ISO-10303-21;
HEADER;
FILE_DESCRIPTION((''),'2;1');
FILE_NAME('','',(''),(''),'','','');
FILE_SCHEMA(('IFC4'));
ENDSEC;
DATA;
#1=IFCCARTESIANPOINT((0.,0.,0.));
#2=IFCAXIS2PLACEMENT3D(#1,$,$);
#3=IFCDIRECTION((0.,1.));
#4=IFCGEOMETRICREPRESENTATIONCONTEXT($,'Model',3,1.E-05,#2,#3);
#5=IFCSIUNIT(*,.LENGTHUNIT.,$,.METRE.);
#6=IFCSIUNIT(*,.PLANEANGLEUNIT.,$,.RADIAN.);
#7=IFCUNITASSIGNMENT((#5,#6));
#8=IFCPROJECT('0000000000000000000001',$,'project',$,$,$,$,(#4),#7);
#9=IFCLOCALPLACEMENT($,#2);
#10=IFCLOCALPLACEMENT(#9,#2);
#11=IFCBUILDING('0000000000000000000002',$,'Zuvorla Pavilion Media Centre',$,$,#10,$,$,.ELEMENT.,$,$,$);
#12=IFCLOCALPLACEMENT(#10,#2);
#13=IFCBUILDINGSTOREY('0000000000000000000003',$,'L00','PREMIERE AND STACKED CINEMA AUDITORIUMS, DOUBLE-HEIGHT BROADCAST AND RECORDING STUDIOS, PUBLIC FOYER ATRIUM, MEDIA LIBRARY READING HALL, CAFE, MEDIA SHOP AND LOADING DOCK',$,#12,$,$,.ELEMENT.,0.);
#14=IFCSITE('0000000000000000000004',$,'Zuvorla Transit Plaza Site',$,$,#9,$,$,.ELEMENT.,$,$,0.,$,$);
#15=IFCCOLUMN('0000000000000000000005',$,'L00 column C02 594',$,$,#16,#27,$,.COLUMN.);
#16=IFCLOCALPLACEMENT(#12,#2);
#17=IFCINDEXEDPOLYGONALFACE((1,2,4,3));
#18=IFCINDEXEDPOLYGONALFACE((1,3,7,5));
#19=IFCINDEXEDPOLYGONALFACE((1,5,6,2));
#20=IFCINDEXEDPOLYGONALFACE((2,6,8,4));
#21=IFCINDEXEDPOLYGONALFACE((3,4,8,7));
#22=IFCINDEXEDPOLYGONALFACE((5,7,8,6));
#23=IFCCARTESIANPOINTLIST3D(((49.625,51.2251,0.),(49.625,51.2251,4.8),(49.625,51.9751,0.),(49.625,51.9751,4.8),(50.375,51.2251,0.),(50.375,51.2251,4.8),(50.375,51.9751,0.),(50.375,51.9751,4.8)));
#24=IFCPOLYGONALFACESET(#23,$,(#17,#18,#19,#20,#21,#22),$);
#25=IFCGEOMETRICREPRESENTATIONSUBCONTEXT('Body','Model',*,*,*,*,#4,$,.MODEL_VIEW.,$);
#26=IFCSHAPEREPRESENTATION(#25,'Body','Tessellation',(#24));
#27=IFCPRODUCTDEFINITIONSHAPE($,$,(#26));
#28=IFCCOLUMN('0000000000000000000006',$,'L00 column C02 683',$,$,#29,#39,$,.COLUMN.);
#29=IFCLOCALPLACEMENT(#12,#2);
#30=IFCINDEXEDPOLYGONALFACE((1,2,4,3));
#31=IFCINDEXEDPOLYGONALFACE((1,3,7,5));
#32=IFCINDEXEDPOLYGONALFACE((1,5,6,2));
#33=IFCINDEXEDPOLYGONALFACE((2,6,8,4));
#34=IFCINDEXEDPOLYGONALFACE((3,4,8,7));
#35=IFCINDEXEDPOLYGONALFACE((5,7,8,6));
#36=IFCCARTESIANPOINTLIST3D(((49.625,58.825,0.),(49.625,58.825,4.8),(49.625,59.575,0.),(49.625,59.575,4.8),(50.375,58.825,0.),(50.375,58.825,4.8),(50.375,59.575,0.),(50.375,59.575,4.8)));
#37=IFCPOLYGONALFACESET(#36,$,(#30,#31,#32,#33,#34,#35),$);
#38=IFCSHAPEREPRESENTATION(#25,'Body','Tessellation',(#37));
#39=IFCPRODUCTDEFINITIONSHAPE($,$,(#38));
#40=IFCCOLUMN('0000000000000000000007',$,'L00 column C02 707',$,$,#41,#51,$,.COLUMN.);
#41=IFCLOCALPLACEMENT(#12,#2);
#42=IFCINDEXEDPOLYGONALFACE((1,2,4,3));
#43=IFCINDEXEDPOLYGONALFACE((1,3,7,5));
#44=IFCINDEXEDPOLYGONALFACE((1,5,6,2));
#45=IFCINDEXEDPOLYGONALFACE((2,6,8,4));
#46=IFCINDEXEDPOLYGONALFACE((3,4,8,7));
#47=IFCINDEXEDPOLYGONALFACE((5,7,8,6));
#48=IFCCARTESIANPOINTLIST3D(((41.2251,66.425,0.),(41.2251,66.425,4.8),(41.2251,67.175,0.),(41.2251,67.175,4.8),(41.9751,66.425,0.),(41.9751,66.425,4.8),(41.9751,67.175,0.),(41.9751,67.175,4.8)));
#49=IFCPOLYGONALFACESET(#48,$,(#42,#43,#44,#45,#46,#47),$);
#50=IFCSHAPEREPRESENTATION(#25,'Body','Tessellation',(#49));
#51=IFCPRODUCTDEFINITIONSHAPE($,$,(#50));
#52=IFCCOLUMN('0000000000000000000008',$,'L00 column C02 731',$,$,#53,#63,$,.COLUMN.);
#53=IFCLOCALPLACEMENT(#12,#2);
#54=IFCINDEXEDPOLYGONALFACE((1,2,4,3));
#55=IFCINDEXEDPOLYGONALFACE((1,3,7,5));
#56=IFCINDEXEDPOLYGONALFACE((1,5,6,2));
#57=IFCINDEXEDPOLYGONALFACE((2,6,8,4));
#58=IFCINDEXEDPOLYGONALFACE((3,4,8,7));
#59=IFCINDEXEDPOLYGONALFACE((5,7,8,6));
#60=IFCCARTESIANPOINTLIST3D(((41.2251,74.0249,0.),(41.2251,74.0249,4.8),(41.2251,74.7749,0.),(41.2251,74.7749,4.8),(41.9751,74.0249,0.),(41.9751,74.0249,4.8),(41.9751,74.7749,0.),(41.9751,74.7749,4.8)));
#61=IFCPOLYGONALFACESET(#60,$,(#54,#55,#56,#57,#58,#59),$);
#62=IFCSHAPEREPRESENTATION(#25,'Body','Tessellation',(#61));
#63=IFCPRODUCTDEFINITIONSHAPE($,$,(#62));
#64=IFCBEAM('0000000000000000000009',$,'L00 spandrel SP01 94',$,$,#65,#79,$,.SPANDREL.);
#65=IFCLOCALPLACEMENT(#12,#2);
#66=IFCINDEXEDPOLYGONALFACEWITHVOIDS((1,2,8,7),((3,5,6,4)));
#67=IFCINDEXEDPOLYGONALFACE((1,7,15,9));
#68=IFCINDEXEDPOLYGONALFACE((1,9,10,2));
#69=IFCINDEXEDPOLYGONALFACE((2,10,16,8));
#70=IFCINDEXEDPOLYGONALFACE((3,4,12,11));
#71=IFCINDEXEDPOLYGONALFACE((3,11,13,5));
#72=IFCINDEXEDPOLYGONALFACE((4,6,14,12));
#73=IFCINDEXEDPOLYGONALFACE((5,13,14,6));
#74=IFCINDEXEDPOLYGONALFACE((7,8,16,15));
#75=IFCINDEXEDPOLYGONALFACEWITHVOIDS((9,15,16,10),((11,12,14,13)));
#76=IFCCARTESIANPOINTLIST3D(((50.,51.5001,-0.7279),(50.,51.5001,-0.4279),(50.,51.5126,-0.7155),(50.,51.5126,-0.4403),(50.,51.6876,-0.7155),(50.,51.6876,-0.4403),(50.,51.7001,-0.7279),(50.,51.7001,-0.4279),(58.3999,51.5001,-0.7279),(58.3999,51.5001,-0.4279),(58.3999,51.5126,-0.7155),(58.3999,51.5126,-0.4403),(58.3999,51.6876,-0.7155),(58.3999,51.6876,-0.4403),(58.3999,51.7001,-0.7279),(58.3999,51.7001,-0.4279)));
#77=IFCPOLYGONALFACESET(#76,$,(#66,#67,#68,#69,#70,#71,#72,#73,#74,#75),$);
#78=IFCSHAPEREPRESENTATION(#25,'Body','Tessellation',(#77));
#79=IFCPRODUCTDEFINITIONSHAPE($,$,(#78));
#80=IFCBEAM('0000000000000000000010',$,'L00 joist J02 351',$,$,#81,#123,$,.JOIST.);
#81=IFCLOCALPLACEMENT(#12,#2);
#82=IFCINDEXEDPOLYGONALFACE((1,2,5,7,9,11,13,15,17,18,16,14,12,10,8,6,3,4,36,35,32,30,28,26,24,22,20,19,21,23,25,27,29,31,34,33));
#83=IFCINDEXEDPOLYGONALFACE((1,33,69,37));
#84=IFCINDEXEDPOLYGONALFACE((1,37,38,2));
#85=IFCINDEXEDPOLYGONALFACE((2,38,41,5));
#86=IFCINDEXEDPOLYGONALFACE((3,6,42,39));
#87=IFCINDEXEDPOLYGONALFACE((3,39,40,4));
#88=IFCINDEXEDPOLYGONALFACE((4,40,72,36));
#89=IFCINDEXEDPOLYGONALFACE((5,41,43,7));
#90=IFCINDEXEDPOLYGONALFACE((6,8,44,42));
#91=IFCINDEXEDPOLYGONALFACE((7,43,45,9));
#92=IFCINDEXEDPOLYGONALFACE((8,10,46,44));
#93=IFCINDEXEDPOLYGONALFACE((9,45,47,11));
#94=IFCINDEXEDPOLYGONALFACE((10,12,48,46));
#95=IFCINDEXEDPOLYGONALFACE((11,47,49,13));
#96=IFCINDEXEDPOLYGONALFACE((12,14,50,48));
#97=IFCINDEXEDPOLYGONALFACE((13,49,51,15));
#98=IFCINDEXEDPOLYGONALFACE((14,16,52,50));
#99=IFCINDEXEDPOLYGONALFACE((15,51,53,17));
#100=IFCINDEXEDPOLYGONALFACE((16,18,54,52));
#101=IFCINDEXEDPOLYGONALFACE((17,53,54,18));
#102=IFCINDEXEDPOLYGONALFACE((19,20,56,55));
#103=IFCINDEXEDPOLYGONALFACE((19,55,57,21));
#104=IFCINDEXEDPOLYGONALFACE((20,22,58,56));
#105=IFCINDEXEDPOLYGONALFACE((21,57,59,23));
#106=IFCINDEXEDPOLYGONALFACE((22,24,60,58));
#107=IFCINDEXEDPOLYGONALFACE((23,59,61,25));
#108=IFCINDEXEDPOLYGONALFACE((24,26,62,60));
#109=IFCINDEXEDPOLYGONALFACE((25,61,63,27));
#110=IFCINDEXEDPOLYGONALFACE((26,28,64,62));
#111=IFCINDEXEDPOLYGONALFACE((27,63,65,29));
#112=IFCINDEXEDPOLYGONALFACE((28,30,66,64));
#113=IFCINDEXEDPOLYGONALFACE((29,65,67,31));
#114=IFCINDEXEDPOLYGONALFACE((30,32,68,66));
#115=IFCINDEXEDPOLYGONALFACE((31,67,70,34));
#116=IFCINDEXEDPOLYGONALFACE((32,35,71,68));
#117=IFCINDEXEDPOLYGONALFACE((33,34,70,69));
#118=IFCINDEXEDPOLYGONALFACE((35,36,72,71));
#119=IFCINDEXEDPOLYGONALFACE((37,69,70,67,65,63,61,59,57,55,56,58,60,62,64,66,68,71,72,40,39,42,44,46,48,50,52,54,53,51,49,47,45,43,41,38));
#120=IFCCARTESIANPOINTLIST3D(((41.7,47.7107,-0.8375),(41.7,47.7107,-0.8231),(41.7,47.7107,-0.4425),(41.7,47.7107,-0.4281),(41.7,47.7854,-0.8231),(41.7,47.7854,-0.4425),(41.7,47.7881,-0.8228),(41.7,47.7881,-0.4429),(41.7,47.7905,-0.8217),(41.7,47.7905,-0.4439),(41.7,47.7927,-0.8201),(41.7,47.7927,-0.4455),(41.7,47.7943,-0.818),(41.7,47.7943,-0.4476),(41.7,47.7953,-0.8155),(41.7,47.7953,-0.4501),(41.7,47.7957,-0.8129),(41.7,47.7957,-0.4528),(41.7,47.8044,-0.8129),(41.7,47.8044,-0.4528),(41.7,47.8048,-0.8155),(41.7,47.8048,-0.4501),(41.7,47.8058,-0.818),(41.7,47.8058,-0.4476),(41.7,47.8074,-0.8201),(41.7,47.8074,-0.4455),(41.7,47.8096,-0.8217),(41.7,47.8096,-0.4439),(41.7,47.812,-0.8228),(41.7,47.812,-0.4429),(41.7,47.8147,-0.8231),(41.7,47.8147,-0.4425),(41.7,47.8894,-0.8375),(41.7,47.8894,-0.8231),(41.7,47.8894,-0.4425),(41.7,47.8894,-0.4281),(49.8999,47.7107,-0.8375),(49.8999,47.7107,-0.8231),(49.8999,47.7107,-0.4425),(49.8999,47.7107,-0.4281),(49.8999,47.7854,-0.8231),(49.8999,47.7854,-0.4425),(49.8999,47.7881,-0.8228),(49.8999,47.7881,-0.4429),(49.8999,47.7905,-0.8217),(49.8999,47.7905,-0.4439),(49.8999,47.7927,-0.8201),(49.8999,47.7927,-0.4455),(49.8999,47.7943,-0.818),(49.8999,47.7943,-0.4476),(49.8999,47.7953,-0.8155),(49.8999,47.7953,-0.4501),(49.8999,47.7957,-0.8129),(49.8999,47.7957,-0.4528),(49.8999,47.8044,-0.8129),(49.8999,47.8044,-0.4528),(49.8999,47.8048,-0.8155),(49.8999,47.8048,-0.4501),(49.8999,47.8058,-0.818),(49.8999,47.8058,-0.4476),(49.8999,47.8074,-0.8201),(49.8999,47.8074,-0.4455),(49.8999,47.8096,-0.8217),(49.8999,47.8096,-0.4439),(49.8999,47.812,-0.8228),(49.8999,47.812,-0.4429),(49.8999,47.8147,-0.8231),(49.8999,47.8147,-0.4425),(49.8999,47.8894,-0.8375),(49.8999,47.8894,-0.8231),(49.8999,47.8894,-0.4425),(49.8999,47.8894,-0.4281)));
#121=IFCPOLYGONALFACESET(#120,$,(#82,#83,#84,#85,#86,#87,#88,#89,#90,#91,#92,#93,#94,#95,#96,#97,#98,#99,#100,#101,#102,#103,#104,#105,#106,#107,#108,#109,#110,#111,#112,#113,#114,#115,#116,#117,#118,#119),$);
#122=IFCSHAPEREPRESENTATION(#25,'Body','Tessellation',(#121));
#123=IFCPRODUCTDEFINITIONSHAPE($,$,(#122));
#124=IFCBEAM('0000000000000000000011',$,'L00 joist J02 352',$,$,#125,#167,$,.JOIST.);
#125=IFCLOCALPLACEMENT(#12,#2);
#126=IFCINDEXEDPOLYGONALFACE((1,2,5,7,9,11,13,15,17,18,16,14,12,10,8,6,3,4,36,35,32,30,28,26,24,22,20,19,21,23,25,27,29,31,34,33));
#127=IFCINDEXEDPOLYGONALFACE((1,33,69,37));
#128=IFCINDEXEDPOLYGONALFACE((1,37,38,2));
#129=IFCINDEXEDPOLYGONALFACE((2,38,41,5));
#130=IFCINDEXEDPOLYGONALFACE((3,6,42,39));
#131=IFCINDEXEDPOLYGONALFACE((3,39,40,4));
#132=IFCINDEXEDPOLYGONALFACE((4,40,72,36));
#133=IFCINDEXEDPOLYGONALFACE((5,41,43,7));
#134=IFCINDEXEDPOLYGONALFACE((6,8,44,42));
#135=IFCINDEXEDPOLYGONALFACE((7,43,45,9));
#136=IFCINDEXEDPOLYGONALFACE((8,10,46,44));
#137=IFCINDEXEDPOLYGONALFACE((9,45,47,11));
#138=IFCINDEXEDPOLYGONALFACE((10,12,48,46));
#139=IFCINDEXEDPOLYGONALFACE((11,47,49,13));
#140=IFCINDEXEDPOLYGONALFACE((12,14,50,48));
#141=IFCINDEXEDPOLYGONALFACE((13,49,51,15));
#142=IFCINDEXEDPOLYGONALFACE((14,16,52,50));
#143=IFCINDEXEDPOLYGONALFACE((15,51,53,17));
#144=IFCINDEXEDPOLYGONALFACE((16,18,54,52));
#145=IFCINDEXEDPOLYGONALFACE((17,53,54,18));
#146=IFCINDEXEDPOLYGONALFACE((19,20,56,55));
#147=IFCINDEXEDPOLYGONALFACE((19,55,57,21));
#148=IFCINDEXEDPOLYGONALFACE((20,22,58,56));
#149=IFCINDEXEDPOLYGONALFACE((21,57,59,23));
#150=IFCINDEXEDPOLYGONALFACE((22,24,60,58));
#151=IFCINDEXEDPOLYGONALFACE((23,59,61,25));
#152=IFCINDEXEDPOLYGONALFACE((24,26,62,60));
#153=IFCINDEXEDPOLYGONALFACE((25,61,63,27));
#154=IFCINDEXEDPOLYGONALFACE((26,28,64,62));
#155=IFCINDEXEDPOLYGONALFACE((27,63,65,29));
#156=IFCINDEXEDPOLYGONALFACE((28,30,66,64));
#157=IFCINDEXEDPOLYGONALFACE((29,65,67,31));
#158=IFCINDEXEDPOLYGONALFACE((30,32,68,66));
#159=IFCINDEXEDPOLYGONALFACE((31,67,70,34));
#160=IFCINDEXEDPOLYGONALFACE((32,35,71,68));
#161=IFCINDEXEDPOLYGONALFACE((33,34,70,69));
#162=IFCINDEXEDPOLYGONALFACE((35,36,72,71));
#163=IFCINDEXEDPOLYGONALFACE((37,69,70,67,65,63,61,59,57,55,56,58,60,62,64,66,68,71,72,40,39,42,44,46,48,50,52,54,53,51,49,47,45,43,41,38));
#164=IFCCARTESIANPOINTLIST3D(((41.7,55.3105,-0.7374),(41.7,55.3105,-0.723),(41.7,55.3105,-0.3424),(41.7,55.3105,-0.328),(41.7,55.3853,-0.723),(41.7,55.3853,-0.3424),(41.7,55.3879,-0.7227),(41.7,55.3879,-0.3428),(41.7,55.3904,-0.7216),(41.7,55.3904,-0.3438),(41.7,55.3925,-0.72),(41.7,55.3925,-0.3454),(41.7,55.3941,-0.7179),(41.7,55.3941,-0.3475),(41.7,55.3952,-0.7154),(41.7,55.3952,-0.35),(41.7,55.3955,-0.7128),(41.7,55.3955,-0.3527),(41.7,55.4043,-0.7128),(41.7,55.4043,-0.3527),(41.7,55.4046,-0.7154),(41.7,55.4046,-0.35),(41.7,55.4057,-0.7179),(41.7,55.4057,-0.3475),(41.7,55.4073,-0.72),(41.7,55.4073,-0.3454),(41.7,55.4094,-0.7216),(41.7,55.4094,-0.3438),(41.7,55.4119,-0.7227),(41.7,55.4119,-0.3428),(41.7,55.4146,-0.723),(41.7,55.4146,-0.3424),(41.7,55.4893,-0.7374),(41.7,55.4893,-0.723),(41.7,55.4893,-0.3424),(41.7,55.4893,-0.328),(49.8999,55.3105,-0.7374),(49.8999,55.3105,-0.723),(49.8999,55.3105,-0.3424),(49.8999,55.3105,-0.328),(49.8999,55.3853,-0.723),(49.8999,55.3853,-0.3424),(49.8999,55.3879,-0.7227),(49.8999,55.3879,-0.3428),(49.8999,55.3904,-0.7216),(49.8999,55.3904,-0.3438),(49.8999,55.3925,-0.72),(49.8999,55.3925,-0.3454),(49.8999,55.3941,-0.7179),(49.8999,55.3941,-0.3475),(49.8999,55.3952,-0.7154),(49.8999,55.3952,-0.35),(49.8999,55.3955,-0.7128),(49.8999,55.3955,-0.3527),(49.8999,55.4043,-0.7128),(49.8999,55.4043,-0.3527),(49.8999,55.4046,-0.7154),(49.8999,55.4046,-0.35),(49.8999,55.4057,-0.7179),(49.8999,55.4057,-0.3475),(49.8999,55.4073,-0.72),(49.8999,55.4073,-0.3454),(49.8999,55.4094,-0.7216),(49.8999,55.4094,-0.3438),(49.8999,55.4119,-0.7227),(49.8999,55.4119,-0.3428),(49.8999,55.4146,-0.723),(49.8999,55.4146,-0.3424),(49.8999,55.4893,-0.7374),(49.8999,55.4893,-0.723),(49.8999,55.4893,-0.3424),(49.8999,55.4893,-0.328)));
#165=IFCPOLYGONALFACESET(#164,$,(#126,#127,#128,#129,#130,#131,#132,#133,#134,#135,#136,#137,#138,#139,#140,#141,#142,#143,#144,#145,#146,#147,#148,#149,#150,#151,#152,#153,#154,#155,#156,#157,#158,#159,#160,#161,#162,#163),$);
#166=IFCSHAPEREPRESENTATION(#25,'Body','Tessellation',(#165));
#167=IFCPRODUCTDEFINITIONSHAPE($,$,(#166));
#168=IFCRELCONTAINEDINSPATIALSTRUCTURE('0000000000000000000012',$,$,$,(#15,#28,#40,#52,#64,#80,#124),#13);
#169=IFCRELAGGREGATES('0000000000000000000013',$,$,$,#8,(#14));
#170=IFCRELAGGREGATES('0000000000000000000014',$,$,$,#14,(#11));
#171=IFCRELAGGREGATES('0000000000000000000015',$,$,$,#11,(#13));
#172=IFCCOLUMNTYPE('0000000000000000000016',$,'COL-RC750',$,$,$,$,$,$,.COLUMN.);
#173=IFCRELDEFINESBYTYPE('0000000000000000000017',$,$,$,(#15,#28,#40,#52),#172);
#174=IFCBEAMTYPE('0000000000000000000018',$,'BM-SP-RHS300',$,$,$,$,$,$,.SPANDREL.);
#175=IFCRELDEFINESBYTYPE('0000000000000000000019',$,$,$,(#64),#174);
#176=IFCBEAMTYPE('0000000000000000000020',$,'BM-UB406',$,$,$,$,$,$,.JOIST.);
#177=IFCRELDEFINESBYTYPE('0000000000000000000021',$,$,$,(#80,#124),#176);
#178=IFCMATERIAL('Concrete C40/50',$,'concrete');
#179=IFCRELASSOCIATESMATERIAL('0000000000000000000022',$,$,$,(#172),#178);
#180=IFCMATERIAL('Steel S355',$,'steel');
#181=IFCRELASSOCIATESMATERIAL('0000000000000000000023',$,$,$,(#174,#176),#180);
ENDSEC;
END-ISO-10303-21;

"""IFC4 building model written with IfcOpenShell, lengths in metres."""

from ifc_helpers import new_model, si_unit, direction, frame, origin, origin_2d, place, context, subcontext, project, spatial, rectangle, hollow_rectangle, i_section, extrude, material, material_profile, profile_set, type_object, element, save


model = new_model("IFC4")

# Units and contexts
model_context = context("Model", 3, precision=1e-05, world=origin(), true_north=direction((0.0, 1.0)))
body_context = subcontext(model_context, "Body", "Model", "MODEL_VIEW")
ifc_project = project(units=[si_unit("LENGTHUNIT", "METRE"), si_unit("PLANEANGLEUNIT", "RADIAN")], contexts=[model_context])

# Site, building, storey
site_placement = place(None, origin())
site = spatial("IfcSite", under=ifc_project, at=site_placement, Name="Zuvorla Transit Plaza Site", CompositionType="ELEMENT", RefElevation=0.0)
building_placement = place(site_placement, origin())
building = spatial("IfcBuilding", under=site, at=building_placement, Name="Zuvorla Pavilion Media Centre", CompositionType="ELEMENT")
storey_placement = place(building_placement, origin())
storey = spatial("IfcBuildingStorey", under=building, at=storey_placement, Name="L00", Description="PREMIERE AND STACKED CINEMA AUDITORIUMS, DOUBLE-HEIGHT BROADCAST AND RECORDING STUDIOS, PUBLIC FOYER ATRIUM, MEDIA LIBRARY READING HALL, CAFE, MEDIA SHOP AND LOADING DOCK", CompositionType="ELEMENT", Elevation=0.0)

# Columns
ifc_material_1 = material(Name="Concrete C40/50", Category="concrete")
ifc_material_profile_1 = material_profile(ifc_material_1, rectangle(XDim=0.75, YDim=0.75, at=origin_2d()), Name="RC 750x750")
ifc_profile_set_1 = profile_set([ifc_material_profile_1], Name="Concrete C40/50")
column_type = type_object("IfcColumnType", Name="COL-RC750", PredefinedType="COLUMN", material=ifc_profile_set_1)
for number, where, z_axis, x_axis, name in (
    (1, (50.0, 51.6001, 0.0), (0.0, 0.0, 1.0), (1.0, 0.0, 0.0), "L00 column C02 594"),
    (2, (50.0, 59.2, 0.0), (0.0, 0.0, 1.0), (1.0, 0.0, 0.0), "L00 column C02 683"),
    (3, (41.6001, 66.8, 0.0), (0.0, 0.0, 1.0), (1.0, 0.0, 0.0), "L00 column C02 707"),
    (4, (41.6001, 74.3999, 0.0), (0.0, 0.0, 1.0), (1.0, 0.0, 0.0), "L00 column C02 731"),
):
    element("IfcColumn", number, at=place(storey_placement, frame(where, z_axis=z_axis, x_axis=x_axis)), inside=storey, type_object=column_type, Name=name, PredefinedType="COLUMN", context=body_context, shape_type="SweptSolid", body=[
        extrude(rectangle(XDim=0.75, YDim=0.75, at=origin_2d()), origin(), (0.0, 0.0, 1.0), 4.8),
    ])

# Beams
ifc_material_2 = material(Name="Steel S355", Category="steel")
ifc_material_profile_2 = material_profile(ifc_material_2, hollow_rectangle(XDim=0.2, YDim=0.3, WallThickness=0.0125, at=origin_2d()), Name="RHS 300x200x12.5")
ifc_profile_set_2 = profile_set([ifc_material_profile_2], Name="Steel S355")
beam_type_1 = type_object("IfcBeamType", Name="BM-SP-RHS300", PredefinedType="SPANDREL", material=ifc_profile_set_2)
beam_1_placement = place(storey_placement, frame((50.0, 51.6001, -0.5779), z_axis=(1.0, 0.0, 0.0), x_axis=(0.0, 1.0, 0.0)))
element("IfcBeam", 5, at=beam_1_placement, inside=storey, type_object=beam_type_1, Name="L00 spandrel SP01 94", PredefinedType="SPANDREL", context=body_context, shape_type="SweptSolid", body=[
    extrude(hollow_rectangle(XDim=0.2, YDim=0.3, WallThickness=0.0125, at=origin_2d()), origin(), (0.0, 0.0, 1.0), 8.3999),
])
ifc_material_profile_3 = material_profile(ifc_material_2, i_section(OverallWidth=0.1787, OverallDepth=0.4094, WebThickness=0.0088, FlangeThickness=0.0144, FilletRadius=0.0103, at=origin_2d()), Name="UB 406x178x67")
ifc_profile_set_3 = profile_set([ifc_material_profile_3], Name="Steel S355")
beam_type_2 = type_object("IfcBeamType", Name="BM-UB406", PredefinedType="JOIST", material=ifc_profile_set_3)
for number, where, z_axis, x_axis, name in (
    (6, (41.7, 47.8, -0.6328), (1.0, 0.0, 0.0), (0.0, 1.0, 0.0), "L00 joist J02 351"),
    (7, (41.7, 55.3999, -0.5327), (1.0, 0.0, 0.0), (0.0, 1.0, 0.0), "L00 joist J02 352"),
):
    element("IfcBeam", number, at=place(storey_placement, frame(where, z_axis=z_axis, x_axis=x_axis)), inside=storey, type_object=beam_type_2, Name=name, PredefinedType="JOIST", context=body_context, shape_type="SweptSolid", body=[
        extrude(i_section(OverallWidth=0.1787, OverallDepth=0.4094, WebThickness=0.0088, FlangeThickness=0.0144, FilletRadius=0.0103, at=origin_2d()), origin(), (0.0, 0.0, 1.0), 8.2),
    ])

save(model, "model.ifc")
